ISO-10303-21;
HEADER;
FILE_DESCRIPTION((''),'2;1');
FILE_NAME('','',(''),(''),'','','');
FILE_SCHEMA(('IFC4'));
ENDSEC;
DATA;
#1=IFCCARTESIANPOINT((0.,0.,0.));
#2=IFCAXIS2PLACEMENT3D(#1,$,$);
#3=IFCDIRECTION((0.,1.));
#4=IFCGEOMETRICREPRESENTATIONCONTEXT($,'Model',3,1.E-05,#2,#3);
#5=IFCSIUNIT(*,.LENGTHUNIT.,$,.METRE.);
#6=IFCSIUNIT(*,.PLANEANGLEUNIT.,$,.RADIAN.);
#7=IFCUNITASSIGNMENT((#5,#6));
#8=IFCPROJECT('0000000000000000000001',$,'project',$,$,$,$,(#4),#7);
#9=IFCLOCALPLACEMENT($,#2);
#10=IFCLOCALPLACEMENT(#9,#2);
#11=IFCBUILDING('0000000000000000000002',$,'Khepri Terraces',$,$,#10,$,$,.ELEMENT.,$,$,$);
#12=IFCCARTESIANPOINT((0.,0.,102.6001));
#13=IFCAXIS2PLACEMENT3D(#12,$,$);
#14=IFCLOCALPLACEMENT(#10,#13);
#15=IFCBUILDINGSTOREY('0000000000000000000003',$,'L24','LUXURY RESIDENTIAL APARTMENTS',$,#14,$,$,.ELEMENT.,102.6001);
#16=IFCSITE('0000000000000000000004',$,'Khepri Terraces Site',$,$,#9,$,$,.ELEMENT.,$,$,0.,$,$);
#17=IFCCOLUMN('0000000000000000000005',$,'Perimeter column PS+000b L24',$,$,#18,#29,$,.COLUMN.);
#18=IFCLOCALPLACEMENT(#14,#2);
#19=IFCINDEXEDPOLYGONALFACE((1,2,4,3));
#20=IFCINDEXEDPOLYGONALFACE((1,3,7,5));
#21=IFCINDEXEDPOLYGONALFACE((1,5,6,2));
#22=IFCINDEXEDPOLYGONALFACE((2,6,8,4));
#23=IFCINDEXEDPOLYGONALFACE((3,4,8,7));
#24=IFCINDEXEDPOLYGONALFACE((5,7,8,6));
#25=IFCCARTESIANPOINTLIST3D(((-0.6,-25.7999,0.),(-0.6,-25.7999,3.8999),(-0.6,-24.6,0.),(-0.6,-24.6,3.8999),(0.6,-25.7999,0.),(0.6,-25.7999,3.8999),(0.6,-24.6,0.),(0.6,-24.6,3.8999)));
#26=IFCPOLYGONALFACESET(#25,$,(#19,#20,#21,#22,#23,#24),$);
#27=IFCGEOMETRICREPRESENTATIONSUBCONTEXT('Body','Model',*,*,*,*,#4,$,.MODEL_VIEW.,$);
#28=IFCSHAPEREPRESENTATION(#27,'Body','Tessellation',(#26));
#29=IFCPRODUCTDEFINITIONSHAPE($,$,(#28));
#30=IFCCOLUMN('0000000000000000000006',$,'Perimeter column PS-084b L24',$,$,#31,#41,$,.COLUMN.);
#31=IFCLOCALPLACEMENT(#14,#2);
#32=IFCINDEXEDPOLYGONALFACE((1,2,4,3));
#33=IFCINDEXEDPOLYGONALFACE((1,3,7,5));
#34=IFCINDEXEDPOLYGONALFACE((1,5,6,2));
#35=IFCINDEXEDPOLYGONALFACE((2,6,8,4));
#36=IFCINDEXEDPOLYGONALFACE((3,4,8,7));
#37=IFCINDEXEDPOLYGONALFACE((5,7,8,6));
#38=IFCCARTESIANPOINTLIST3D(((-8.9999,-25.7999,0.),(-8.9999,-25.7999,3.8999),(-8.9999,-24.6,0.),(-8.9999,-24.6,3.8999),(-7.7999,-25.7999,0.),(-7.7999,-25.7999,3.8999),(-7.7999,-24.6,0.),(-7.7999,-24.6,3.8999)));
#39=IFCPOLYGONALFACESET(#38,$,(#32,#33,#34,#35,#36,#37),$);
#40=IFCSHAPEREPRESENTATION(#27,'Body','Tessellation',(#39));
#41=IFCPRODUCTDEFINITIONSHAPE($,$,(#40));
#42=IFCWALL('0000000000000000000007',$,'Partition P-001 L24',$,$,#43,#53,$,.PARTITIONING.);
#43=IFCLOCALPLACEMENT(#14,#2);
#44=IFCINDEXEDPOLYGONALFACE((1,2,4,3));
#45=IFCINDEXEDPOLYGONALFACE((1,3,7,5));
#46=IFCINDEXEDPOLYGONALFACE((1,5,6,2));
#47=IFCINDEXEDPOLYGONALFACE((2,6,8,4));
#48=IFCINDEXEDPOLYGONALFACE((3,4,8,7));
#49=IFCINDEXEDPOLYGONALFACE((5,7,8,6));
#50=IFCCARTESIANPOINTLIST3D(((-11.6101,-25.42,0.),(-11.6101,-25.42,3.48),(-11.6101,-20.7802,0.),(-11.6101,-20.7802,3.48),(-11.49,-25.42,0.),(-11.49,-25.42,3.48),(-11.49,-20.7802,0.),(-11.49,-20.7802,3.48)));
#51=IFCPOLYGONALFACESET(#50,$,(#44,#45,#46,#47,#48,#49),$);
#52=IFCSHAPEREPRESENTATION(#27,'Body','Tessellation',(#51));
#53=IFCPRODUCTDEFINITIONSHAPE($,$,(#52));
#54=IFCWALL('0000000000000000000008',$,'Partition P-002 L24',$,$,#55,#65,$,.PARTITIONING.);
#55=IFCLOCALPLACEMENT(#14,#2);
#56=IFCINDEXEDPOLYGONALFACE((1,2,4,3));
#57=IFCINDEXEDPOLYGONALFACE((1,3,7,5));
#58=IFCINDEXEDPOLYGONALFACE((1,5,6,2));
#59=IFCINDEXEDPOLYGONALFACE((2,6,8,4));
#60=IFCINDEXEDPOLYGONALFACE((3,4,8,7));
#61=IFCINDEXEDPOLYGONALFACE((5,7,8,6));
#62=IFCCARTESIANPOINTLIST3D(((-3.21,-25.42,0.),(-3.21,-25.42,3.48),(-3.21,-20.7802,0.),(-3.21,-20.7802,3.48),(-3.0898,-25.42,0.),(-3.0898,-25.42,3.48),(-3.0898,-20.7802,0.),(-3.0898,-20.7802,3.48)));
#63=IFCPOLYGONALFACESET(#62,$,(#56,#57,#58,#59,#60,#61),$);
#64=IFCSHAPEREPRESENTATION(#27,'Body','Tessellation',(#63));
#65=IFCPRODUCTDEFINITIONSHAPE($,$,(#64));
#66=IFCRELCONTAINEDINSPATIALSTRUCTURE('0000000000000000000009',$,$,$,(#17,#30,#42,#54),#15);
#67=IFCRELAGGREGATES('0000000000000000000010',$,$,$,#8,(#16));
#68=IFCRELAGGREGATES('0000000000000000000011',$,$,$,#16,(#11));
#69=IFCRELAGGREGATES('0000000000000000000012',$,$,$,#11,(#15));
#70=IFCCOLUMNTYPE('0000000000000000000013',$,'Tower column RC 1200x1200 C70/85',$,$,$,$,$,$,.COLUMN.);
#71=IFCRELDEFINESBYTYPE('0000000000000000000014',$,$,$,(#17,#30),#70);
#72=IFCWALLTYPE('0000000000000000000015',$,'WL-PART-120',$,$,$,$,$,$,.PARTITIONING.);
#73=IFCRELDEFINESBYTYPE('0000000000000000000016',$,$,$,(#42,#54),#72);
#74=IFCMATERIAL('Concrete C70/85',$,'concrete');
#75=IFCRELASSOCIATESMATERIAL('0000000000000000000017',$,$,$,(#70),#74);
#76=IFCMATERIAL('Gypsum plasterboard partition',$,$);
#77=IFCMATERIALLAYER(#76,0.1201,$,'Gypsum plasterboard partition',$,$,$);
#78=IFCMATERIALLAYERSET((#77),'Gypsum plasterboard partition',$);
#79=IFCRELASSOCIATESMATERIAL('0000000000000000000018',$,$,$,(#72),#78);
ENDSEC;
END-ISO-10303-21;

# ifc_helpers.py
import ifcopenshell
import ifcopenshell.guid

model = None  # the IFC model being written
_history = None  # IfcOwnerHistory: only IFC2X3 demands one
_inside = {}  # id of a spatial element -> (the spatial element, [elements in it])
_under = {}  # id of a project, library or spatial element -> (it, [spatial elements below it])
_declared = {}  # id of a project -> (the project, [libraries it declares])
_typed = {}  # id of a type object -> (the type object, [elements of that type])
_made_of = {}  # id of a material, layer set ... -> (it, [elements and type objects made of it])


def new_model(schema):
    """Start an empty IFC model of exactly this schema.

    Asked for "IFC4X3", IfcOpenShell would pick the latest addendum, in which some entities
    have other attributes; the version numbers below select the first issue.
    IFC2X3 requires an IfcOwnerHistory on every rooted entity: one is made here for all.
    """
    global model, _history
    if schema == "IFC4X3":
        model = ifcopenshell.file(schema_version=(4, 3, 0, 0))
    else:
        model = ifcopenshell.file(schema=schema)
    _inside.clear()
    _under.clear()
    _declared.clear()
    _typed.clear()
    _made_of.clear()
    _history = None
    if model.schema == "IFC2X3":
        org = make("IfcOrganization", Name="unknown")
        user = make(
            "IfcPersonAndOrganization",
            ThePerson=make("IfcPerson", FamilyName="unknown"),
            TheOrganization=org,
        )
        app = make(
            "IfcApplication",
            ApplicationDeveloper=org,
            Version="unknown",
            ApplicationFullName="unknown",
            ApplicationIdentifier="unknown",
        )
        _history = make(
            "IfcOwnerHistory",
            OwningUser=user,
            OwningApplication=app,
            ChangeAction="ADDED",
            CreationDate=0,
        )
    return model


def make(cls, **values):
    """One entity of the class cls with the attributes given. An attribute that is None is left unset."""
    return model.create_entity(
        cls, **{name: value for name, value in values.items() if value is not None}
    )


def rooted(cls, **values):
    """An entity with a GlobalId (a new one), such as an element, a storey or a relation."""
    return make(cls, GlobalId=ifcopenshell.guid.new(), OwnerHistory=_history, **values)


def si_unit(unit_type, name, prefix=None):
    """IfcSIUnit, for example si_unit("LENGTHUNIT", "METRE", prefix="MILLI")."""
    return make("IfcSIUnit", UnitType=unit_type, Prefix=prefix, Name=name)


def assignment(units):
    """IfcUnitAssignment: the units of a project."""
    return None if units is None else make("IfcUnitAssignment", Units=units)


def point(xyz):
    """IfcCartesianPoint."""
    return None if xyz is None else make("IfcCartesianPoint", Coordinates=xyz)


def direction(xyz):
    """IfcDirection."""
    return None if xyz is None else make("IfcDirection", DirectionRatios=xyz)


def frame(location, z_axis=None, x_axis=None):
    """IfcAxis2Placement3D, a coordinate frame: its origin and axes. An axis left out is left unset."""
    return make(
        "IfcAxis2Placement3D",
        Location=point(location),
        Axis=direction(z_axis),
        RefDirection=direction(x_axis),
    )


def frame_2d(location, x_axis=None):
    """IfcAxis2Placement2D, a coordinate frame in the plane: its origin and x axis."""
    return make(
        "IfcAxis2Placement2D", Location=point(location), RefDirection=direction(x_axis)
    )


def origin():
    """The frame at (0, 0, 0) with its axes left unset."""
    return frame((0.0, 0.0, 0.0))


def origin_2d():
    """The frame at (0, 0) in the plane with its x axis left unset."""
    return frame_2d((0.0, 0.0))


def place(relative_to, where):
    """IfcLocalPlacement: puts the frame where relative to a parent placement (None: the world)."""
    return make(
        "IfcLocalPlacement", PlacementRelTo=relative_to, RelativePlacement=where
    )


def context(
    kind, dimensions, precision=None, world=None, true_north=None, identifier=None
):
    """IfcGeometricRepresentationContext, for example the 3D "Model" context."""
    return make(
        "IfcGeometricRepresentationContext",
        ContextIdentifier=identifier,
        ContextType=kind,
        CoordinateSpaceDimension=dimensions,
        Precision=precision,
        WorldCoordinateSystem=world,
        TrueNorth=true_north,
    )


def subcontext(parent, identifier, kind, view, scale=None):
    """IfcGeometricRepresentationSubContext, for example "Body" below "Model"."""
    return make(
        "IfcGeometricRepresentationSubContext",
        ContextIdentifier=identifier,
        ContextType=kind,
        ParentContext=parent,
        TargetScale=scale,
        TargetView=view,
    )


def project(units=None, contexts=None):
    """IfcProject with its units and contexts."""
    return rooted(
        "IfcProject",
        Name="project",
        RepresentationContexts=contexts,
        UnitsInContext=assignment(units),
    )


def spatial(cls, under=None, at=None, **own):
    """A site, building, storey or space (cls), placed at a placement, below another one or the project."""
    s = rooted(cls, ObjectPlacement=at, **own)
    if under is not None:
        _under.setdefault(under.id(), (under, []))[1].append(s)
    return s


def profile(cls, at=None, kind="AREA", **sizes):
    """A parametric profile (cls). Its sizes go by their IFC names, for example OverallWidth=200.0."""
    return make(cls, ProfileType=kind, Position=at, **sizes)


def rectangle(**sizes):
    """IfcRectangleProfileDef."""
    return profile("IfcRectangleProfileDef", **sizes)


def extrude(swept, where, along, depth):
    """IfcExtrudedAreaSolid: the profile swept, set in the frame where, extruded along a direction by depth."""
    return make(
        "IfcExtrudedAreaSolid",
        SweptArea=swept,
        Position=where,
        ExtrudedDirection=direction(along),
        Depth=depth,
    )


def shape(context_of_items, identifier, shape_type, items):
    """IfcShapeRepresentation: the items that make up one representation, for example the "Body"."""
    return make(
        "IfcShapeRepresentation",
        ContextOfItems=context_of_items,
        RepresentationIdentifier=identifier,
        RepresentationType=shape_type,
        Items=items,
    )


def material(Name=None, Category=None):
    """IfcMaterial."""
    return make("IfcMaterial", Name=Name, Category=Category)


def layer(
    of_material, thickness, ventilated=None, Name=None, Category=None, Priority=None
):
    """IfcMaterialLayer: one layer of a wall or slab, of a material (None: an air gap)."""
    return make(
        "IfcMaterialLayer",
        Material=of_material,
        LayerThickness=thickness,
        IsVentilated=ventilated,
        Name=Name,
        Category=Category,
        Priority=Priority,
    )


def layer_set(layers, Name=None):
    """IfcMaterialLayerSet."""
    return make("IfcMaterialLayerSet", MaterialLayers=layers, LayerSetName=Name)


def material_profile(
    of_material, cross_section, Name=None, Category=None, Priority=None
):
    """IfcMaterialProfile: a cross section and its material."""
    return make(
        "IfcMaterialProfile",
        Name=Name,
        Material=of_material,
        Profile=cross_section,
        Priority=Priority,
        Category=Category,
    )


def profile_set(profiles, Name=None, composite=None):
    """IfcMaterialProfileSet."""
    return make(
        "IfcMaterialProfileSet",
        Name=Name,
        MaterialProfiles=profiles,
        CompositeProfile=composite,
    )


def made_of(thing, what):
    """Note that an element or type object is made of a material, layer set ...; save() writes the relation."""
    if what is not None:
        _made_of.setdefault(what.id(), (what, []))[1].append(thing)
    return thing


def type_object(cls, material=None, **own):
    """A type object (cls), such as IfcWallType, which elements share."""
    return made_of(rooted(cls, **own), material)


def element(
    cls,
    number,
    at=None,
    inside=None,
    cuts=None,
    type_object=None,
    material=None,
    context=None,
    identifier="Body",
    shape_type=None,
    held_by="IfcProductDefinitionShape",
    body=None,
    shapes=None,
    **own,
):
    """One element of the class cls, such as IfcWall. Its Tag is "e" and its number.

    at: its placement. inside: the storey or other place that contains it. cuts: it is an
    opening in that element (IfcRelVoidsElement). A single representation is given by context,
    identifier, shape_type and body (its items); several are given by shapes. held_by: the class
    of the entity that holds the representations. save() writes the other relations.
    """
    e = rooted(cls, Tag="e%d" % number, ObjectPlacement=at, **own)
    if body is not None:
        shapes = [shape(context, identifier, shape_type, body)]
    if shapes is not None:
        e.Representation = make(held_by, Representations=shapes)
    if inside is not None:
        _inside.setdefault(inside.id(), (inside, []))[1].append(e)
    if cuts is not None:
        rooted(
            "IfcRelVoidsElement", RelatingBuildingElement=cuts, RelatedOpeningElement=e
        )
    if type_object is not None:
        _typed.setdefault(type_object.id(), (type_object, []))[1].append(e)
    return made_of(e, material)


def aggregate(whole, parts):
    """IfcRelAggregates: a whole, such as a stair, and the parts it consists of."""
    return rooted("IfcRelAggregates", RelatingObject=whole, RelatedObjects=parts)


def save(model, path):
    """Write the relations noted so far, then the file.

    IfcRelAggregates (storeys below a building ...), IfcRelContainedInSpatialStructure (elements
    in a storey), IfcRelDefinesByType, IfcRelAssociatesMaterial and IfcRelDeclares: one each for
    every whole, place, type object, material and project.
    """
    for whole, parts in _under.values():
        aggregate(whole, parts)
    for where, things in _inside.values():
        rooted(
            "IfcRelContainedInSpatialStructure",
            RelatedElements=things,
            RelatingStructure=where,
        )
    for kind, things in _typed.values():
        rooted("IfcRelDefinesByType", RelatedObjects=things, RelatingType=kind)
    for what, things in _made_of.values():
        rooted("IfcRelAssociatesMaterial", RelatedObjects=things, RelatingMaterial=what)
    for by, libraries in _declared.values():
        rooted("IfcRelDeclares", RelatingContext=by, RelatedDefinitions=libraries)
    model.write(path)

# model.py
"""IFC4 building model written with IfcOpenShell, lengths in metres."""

from ifc_helpers import new_model, si_unit, direction, frame, frame_2d, origin, origin_2d, place, context, subcontext, project, spatial, rectangle, extrude, material, layer, layer_set, material_profile, profile_set, type_object, element, save


model = new_model("IFC4")

# Units and contexts
model_context = context("Model", 3, precision=1e-05, world=origin(), true_north=direction((0.0, 1.0)))
body_context = subcontext(model_context, "Body", "Model", "MODEL_VIEW")
ifc_project = project(units=[si_unit("LENGTHUNIT", "METRE"), si_unit("PLANEANGLEUNIT", "RADIAN")], contexts=[model_context])

# Site, building, storey
site_placement = place(None, origin())
site = spatial("IfcSite", under=ifc_project, at=site_placement, Name="Khepri Terraces Site", CompositionType="ELEMENT", RefElevation=0.0)
building_placement = place(site_placement, origin())
building = spatial("IfcBuilding", under=site, at=building_placement, Name="Khepri Terraces", CompositionType="ELEMENT")
storey_placement = place(building_placement, frame((0.0, 0.0, 102.6001)))
storey = spatial("IfcBuildingStorey", under=building, at=storey_placement, Name="L24", Description="LUXURY RESIDENTIAL APARTMENTS", CompositionType="ELEMENT", Elevation=102.6001)

# Columns
ifc_material_1 = material(Name="Concrete C70/85", Category="concrete")
ifc_material_profile = material_profile(ifc_material_1, rectangle(XDim=1.2, YDim=1.2, at=origin_2d()), Name="Concrete C70/85", Category="concrete")
ifc_profile_set = profile_set([ifc_material_profile], Name="Concrete C70/85")
column_type = type_object("IfcColumnType", Name="Tower column RC 1200x1200 C70/85", PredefinedType="COLUMN", material=ifc_profile_set)
for number, where, z_axis, x_axis, name in (
    (1, (0.0, -25.2, 0.0), (0.0, 0.0, 1.0), (1.0, 0.0, 0.0), "Perimeter column PS+000b L24"),
    (2, (-8.3999, -25.2, 0.0), (0.0, 0.0, 1.0), (1.0, 0.0, 0.0), "Perimeter column PS-084b L24"),
):
    element("IfcColumn", number, at=place(storey_placement, frame(where, z_axis=z_axis, x_axis=x_axis)), inside=storey, type_object=column_type, Name=name, PredefinedType="COLUMN", context=body_context, shape_type="SweptSolid", body=[
        extrude(rectangle(XDim=1.2, YDim=1.2, at=origin_2d()), origin(), (0.0, 0.0, 1.0), 3.8999),
    ])

# Walls
ifc_material_2 = material(Name="Gypsum plasterboard partition")
ifc_layer_1 = layer(ifc_material_2, 0.1201, Name="Gypsum plasterboard partition")
ifc_layer_set_1 = layer_set([ifc_layer_1], Name="Gypsum plasterboard partition")
wall_type_1 = type_object("IfcWallType", Name="WL-PART-120", PredefinedType="PARTITIONING", material=ifc_layer_set_1)
for number, where, z_axis, x_axis, name in (
    (3, (-11.55, -25.4199, 0.0), (0.0, 0.0, 1.0), (0.0, 1.0, 0.0), "Partition P-001 L24"),
    (4, (-3.1499, -25.4199, 0.0), (0.0, 0.0, 1.0), (0.0, 1.0, 0.0), "Partition P-002 L24"),
):
    element("IfcWall", number, at=place(storey_placement, frame(where, z_axis=z_axis, x_axis=x_axis)), inside=storey, type_object=wall_type_1, Name=name, PredefinedType="PARTITIONING", context=body_context, shape_type="SweptSolid", body=[
        extrude(rectangle(XDim=4.6399, YDim=0.1201, at=frame_2d((2.3198, 0.0))), origin(), (0.0, 0.0, 1.0), 3.48),
    ])

save(model, "model.ifc")
